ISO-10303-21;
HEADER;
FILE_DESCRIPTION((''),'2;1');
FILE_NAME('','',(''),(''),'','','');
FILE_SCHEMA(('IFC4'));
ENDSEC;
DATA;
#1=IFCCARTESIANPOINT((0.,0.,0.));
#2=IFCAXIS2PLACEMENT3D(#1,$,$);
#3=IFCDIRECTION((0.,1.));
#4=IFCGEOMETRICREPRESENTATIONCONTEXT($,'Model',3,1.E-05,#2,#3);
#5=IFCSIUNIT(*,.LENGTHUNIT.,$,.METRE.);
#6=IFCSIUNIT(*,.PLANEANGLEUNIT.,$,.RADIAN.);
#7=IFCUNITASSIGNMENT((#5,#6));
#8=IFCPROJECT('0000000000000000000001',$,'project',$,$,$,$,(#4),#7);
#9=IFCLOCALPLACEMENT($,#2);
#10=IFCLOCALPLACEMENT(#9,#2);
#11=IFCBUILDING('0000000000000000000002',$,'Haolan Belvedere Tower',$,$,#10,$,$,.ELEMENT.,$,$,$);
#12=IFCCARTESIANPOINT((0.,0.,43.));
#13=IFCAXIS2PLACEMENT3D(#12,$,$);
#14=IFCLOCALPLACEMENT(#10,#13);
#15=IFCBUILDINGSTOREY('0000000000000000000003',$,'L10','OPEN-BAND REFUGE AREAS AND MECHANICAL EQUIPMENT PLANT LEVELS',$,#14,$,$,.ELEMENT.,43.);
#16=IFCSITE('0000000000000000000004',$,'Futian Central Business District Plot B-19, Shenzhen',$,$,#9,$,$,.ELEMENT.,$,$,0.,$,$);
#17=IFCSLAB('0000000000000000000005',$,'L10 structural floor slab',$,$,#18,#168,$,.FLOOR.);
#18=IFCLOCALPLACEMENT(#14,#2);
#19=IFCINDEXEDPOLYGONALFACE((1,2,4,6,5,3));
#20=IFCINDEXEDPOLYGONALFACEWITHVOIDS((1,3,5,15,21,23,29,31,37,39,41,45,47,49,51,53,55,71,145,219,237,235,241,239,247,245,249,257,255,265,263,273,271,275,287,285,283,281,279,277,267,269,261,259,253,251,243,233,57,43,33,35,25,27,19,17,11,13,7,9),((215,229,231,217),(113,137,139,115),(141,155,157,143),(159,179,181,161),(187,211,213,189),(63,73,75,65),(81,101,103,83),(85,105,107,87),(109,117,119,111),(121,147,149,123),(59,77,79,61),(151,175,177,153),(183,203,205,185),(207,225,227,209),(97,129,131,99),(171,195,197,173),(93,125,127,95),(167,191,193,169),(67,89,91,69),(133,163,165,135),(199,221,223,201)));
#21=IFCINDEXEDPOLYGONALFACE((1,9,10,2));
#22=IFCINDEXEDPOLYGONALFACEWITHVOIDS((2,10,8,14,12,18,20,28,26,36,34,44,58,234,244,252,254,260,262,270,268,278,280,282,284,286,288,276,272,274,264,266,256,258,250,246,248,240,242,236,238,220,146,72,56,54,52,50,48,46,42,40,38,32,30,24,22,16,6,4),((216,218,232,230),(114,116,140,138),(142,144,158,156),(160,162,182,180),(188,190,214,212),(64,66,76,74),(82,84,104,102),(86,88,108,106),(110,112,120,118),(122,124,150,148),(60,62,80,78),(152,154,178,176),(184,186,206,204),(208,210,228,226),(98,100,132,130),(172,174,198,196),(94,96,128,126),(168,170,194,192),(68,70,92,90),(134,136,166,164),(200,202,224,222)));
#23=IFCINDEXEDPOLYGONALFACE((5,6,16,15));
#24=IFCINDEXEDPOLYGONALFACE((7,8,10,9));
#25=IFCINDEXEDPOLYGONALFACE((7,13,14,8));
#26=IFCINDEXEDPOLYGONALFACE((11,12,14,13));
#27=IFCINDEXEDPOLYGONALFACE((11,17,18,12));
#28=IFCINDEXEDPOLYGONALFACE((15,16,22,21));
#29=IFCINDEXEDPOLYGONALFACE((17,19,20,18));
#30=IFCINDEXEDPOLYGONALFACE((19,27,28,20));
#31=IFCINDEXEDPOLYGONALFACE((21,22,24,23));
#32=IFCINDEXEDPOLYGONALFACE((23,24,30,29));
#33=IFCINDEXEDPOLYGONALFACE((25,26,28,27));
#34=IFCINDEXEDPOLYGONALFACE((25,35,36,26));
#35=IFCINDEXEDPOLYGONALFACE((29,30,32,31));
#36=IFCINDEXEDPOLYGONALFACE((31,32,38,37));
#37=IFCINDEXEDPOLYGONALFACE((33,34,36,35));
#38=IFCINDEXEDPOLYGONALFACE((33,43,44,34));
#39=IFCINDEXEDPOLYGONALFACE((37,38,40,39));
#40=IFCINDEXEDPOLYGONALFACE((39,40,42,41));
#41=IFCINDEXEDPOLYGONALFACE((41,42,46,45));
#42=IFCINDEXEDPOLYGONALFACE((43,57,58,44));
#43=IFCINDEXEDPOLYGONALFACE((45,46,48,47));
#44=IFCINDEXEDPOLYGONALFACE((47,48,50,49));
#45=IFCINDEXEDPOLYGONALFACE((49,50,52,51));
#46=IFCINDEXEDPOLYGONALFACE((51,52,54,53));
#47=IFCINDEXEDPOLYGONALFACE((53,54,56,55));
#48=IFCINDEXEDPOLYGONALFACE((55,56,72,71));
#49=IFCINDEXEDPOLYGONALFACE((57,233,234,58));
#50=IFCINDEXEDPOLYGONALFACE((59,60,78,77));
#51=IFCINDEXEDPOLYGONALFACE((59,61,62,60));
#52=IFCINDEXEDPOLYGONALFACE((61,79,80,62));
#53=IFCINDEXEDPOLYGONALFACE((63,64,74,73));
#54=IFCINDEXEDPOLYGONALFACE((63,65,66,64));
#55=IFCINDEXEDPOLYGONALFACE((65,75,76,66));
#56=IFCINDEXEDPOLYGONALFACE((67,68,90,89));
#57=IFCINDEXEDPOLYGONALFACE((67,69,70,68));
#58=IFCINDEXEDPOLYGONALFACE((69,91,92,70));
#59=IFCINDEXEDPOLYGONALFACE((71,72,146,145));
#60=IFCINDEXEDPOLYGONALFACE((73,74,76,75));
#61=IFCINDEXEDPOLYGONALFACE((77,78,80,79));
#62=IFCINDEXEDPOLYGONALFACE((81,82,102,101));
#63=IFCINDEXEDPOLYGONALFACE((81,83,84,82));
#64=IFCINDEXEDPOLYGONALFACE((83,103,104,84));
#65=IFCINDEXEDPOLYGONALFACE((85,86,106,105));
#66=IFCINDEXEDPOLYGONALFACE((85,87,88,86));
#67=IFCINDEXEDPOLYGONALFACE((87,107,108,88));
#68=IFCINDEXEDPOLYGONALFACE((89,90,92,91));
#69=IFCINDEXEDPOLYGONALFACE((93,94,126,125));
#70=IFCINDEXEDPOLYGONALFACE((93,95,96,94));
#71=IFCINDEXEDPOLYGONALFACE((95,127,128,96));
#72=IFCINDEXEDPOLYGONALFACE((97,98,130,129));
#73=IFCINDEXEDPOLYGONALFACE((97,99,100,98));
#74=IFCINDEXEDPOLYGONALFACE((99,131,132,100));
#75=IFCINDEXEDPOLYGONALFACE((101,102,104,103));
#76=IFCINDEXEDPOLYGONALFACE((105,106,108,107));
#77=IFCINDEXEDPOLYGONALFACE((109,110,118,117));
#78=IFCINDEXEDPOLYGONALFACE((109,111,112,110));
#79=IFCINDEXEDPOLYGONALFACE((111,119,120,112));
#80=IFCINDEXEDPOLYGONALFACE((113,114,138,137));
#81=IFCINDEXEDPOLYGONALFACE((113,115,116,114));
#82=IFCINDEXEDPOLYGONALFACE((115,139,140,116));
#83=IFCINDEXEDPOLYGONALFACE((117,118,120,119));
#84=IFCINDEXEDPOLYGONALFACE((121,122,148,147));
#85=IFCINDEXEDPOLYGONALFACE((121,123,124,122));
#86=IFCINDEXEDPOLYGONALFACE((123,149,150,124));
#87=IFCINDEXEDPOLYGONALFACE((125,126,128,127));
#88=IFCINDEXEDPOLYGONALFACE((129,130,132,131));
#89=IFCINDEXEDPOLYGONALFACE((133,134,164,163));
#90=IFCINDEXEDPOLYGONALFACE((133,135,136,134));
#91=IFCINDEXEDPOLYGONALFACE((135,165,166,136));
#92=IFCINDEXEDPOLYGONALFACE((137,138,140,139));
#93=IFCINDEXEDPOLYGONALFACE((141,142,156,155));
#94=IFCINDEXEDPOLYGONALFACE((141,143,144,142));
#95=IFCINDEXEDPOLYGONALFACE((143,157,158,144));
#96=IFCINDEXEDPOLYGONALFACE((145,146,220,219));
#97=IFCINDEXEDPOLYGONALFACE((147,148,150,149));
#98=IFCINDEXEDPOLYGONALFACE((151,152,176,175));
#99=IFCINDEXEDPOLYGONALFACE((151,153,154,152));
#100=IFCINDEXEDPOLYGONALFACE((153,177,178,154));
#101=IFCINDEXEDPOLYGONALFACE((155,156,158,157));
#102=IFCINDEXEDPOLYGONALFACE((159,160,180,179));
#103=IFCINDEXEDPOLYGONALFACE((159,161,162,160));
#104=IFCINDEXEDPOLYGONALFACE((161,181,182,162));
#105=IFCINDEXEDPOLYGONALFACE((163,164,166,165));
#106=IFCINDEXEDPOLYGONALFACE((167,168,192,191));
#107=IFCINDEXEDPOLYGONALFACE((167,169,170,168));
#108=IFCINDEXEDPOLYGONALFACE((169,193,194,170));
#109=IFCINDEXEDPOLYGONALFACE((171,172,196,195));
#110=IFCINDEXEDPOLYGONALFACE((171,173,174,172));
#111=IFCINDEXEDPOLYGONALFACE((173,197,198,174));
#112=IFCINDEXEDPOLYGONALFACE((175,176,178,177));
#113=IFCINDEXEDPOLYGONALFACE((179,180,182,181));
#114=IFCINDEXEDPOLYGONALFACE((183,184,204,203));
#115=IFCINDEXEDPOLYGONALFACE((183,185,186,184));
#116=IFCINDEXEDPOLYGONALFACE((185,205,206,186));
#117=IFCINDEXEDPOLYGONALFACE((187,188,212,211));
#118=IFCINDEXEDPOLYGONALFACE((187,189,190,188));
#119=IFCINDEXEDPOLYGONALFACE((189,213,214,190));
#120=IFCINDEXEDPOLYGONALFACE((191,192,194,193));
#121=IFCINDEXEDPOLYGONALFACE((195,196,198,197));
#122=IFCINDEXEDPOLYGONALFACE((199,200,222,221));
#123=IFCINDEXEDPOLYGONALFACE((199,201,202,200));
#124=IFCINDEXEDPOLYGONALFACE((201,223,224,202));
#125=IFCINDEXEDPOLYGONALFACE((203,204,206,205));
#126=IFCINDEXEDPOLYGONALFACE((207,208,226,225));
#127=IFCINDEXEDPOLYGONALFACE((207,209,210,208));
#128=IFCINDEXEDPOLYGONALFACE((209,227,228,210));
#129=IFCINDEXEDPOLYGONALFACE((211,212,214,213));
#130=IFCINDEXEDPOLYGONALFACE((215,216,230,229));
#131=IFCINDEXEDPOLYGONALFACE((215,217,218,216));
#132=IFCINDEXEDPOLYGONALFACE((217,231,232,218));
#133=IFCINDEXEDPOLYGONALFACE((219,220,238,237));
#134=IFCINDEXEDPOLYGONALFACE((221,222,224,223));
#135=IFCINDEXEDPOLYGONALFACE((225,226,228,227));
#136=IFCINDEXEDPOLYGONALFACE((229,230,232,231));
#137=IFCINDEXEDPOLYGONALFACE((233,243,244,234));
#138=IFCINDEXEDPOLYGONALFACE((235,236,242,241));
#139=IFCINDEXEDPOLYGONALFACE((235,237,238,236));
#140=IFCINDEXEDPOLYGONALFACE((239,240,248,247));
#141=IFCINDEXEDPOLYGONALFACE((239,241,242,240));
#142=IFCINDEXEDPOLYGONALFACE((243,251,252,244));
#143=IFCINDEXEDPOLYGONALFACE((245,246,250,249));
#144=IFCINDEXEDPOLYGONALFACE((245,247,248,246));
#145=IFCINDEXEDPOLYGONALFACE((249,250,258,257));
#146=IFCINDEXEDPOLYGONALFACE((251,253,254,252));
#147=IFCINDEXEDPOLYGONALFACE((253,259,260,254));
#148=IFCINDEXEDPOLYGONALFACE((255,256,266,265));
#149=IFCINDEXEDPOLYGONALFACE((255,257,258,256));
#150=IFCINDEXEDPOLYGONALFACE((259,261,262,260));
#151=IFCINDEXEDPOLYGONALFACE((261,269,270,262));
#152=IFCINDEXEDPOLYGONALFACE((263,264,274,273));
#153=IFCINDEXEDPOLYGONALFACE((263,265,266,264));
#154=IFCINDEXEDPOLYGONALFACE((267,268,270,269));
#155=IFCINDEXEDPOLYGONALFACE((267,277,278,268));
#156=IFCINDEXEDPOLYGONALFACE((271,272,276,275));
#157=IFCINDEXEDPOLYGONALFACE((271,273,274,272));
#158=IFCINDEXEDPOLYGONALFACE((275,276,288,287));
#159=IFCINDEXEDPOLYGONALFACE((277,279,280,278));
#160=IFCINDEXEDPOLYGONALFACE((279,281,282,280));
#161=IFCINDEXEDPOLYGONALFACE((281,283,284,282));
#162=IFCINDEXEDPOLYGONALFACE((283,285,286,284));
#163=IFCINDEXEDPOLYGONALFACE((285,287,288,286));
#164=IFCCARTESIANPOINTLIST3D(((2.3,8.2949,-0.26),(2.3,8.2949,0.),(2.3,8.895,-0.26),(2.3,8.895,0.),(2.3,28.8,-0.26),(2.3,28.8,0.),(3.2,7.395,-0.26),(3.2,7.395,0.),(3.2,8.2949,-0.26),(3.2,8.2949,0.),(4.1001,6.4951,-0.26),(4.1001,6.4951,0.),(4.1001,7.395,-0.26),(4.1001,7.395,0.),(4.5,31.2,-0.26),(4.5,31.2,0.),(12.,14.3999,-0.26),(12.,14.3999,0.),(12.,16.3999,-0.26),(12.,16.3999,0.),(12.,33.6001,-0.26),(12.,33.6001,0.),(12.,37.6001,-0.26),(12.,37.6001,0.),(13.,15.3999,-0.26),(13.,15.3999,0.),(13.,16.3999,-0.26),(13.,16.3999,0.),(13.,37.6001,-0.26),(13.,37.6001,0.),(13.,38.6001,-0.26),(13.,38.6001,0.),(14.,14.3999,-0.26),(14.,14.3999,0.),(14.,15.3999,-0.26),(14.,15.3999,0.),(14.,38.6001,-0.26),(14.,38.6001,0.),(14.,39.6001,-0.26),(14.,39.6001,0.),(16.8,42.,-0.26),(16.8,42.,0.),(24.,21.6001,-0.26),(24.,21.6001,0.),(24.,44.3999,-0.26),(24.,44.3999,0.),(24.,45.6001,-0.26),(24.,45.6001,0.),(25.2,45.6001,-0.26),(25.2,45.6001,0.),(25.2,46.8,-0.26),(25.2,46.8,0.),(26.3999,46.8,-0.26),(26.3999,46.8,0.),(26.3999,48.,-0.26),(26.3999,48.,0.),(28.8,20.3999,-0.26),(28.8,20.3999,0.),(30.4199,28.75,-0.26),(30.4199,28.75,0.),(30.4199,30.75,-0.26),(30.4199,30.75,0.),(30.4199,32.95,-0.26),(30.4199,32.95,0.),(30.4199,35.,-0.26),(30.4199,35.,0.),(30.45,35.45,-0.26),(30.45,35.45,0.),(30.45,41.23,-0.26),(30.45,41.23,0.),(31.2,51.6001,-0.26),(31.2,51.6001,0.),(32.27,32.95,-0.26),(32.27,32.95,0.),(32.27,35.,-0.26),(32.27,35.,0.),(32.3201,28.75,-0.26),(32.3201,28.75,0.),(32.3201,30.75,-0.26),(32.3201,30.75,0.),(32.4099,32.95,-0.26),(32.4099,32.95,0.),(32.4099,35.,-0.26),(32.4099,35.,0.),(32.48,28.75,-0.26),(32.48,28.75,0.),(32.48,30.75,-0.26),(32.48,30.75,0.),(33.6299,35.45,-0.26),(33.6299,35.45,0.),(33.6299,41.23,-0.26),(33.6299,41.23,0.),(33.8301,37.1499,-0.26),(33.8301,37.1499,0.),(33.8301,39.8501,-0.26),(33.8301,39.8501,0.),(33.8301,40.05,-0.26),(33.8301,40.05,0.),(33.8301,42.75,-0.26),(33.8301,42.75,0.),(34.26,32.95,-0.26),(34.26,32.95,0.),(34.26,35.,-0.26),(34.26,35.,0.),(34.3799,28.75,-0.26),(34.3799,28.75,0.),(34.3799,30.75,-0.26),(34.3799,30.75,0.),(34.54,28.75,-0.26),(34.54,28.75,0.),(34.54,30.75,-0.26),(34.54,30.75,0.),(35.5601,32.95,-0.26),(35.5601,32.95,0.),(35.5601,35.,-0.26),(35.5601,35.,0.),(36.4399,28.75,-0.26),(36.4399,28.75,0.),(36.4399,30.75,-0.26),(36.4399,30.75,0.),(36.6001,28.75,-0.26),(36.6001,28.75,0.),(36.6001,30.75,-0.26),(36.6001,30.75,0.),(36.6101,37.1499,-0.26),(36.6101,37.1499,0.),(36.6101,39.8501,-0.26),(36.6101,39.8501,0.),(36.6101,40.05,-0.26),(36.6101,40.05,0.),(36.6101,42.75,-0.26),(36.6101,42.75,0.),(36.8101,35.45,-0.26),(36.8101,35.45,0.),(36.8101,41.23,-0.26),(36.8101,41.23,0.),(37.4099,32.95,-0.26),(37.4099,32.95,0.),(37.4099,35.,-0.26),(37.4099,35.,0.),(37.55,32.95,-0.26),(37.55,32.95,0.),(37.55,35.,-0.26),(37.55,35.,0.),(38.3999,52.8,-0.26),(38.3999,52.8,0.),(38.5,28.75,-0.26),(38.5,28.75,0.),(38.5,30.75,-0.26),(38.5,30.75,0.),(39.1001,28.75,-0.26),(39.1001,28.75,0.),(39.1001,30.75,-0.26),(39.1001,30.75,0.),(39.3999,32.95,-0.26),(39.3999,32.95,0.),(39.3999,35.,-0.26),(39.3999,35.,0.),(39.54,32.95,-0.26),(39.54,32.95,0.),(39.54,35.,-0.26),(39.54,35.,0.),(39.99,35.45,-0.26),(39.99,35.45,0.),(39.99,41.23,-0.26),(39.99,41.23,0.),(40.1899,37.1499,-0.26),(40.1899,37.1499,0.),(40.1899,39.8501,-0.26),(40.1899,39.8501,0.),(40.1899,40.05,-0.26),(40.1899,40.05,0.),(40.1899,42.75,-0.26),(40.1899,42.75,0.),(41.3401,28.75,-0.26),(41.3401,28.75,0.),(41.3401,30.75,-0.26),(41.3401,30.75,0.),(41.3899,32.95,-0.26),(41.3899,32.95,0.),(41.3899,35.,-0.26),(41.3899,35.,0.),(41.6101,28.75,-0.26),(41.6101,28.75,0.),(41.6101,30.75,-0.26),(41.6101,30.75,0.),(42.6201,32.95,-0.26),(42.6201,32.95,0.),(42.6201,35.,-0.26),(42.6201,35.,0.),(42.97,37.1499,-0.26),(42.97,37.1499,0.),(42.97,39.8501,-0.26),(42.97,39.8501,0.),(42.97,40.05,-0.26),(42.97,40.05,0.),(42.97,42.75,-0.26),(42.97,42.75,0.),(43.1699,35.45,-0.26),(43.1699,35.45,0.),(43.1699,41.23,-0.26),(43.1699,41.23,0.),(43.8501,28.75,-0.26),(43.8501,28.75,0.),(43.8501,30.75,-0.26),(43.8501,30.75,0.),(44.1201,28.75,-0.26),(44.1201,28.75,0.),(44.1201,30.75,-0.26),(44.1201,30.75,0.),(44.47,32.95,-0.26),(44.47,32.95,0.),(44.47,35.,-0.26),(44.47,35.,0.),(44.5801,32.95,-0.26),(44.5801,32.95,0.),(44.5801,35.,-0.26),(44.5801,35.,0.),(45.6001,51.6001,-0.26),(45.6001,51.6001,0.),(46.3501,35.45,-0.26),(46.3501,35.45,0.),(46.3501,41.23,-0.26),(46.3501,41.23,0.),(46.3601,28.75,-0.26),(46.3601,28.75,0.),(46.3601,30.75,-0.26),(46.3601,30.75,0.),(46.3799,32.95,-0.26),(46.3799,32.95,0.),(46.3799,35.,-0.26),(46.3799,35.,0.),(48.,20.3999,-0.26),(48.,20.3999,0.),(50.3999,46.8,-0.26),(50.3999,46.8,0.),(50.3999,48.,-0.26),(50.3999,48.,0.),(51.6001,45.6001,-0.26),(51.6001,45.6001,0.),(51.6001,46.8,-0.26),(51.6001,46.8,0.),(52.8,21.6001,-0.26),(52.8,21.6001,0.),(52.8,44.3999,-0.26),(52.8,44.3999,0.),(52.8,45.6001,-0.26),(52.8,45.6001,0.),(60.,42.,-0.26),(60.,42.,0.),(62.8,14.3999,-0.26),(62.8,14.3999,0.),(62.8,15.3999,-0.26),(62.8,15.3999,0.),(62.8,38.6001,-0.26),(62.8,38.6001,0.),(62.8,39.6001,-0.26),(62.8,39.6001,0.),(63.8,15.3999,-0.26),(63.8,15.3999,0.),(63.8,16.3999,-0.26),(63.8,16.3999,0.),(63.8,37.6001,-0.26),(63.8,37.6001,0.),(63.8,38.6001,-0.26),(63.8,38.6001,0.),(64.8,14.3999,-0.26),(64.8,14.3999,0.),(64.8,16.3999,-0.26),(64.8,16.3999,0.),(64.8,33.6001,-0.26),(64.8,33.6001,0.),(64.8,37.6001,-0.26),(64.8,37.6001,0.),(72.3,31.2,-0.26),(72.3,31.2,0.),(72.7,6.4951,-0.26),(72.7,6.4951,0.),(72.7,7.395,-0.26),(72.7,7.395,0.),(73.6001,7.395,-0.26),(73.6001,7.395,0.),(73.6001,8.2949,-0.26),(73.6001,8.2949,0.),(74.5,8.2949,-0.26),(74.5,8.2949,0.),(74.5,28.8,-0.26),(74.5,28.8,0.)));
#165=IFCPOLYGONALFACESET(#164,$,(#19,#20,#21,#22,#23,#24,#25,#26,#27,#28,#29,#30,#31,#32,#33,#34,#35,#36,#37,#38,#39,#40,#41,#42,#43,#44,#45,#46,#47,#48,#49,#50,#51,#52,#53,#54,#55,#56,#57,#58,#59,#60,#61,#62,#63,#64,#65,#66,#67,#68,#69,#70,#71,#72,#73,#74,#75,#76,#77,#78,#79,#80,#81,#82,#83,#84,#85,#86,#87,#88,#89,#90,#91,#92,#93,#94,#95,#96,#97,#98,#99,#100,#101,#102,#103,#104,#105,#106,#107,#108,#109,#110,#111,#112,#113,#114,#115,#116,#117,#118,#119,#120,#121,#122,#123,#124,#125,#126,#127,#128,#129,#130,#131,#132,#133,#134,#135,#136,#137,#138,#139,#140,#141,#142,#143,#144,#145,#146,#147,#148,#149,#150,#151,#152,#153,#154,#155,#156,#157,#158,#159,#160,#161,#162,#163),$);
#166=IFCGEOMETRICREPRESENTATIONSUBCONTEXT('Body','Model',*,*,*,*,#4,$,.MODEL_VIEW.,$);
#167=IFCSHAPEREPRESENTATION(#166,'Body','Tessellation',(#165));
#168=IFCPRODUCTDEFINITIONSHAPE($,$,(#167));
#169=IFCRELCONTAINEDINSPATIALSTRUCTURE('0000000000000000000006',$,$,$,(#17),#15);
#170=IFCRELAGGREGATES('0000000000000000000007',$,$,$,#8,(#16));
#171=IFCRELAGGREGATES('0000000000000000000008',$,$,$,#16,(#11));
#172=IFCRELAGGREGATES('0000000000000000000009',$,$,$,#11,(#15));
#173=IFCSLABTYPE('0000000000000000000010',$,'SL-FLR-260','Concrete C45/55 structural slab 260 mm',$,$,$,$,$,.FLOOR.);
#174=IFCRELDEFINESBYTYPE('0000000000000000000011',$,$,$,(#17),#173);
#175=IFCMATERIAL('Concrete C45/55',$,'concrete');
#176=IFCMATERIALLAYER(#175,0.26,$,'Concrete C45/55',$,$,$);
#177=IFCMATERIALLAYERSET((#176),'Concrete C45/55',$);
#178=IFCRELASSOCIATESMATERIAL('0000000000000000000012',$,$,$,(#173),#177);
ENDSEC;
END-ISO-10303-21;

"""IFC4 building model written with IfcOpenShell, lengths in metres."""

from ifc_helpers import new_model, si_unit, direction, frame, origin, place, context, subcontext, project, spatial, polyline, outline, extrude, material, layer, layer_set, type_object, element, save


model = new_model("IFC4")

# Units and contexts
model_context = context("Model", 3, precision=1e-05, world=origin(), true_north=direction((0.0, 1.0)))
body_context = subcontext(model_context, "Body", "Model", "MODEL_VIEW")
ifc_project = project(units=[si_unit("LENGTHUNIT", "METRE"), si_unit("PLANEANGLEUNIT", "RADIAN")], contexts=[model_context])

# Site, building, storey
site_placement = place(None, origin())
site = spatial("IfcSite", under=ifc_project, at=site_placement, Name="Futian Central Business District Plot B-19, Shenzhen", CompositionType="ELEMENT", RefElevation=0.0)
building_placement = place(site_placement, origin())
building = spatial("IfcBuilding", under=site, at=building_placement, Name="Haolan Belvedere Tower", CompositionType="ELEMENT")
storey_placement = place(building_placement, frame((0.0, 0.0, 43.0)))
storey = spatial("IfcBuildingStorey", under=building, at=storey_placement, Name="L10", Description="OPEN-BAND REFUGE AREAS AND MECHANICAL EQUIPMENT PLANT LEVELS", CompositionType="ELEMENT", Elevation=43.0)

# Slab
ifc_material_1 = material(Name="Concrete C45/55", Category="concrete")
ifc_layer_1 = layer(ifc_material_1, 0.26, Name="Concrete C45/55")
ifc_layer_set_1 = layer_set([ifc_layer_1], Name="Concrete C45/55")
slab_type_1 = type_object("IfcSlabType", Name="SL-FLR-260", Description="Concrete C45/55 structural slab 260 mm", PredefinedType="FLOOR", material=ifc_layer_set_1)
slab_1_placement = place(storey_placement, frame((0.0, 0.0, -0.26)))
element("IfcSlab", 1, at=slab_1_placement, inside=storey, type_object=slab_type_1, Name="L10 structural floor slab", PredefinedType="FLOOR", context=body_context, shape_type="SweptSolid", body=[
    extrude(outline(polyline([(2.3, 28.8), (2.3, 8.895), (2.3, 8.2949), (3.2, 8.2949), (3.2, 7.395), (4.1001, 7.395), (4.1001, 6.4951), (12.0, 14.3999), (12.0, 16.3999), (13.0, 16.3999), (13.0, 15.3999), (14.0, 15.3999), (14.0, 14.3999), (24.0, 21.6001), (28.8, 20.3999), (48.0, 20.3999), (52.8, 21.6001), (62.8, 14.3999), (62.8, 15.3999), (63.8, 15.3999), (63.8, 16.3999), (64.8, 16.3999), (64.8, 14.3999), (72.7, 6.4951), (72.7, 7.395), (73.6001, 7.395), (73.6001, 8.2949), (74.5, 8.2949), (74.5, 28.8), (72.3, 31.2), (64.8, 33.6001), (64.8, 37.6001), (63.8, 37.6001), (63.8, 38.6001), (62.8, 38.6001), (62.8, 39.6001), (60.0, 42.0), (52.8, 44.3999), (52.8, 45.6001), (51.6001, 45.6001), (51.6001, 46.8), (50.3999, 46.8), (50.3999, 48.0), (45.6001, 51.6001), (38.3999, 52.8), (31.2, 51.6001), (26.3999, 48.0), (26.3999, 46.8), (25.2, 46.8), (25.2, 45.6001), (24.0, 45.6001), (24.0, 44.3999), (16.8, 42.0), (14.0, 39.6001), (14.0, 38.6001), (13.0, 38.6001), (13.0, 37.6001), (12.0, 37.6001), (12.0, 33.6001), (4.5, 31.2), (2.3, 28.8)]), holes=[polyline([(30.45, 41.23), (30.45, 35.45), (33.6299, 35.45), (33.6299, 41.23), (30.45, 41.23)]), polyline([(36.8101, 41.23), (36.8101, 35.45), (39.99, 35.45), (39.99, 41.23), (36.8101, 41.23)]), polyline([(43.1699, 41.23), (43.1699, 35.45), (46.3501, 35.45), (46.3501, 41.23), (43.1699, 41.23)]), polyline([(33.8301, 40.05), (36.6101, 40.05), (36.6101, 42.75), (33.8301, 42.75), (33.8301, 40.05)]), polyline([(33.8301, 37.1499), (36.6101, 37.1499), (36.6101, 39.8501), (33.8301, 39.8501), (33.8301, 37.1499)]), polyline([(40.1899, 40.05), (42.97, 40.05), (42.97, 42.75), (40.1899, 42.75), (40.1899, 40.05)]), polyline([(40.1899, 37.1499), (42.97, 37.1499), (42.97, 39.8501), (40.1899, 39.8501), (40.1899, 37.1499)]), polyline([(30.4199, 32.95), (32.27, 32.95), (32.27, 35.0), (30.4199, 35.0), (30.4199, 32.95)]), polyline([(32.4099, 32.95), (34.26, 32.95), (34.26, 35.0), (32.4099, 35.0), (32.4099, 32.95)]), polyline([(35.5601, 32.95), (37.4099, 32.95), (37.4099, 35.0), (35.5601, 35.0), (35.5601, 32.95)]), polyline([(37.55, 32.95), (39.3999, 32.95), (39.3999, 35.0), (37.55, 35.0), (37.55, 32.95)]), polyline([(39.54, 32.95), (41.3899, 32.95), (41.3899, 35.0), (39.54, 35.0), (39.54, 32.95)]), polyline([(42.6201, 32.95), (44.47, 32.95), (44.47, 35.0), (42.6201, 35.0), (42.6201, 32.95)]), polyline([(44.5801, 32.95), (46.3799, 32.95), (46.3799, 35.0), (44.5801, 35.0), (44.5801, 32.95)]), polyline([(30.4199, 28.75), (32.3201, 28.75), (32.3201, 30.75), (30.4199, 30.75), (30.4199, 28.75)]), polyline([(32.48, 28.75), (34.3799, 28.75), (34.3799, 30.75), (32.48, 30.75), (32.48, 28.75)]), polyline([(34.54, 28.75), (36.4399, 28.75), (36.4399, 30.75), (34.54, 30.75), (34.54, 28.75)]), polyline([(36.6001, 28.75), (38.5, 28.75), (38.5, 30.75), (36.6001, 30.75), (36.6001, 28.75)]), polyline([(39.1001, 28.75), (41.3401, 28.75), (41.3401, 30.75), (39.1001, 30.75), (39.1001, 28.75)]), polyline([(41.6101, 28.75), (43.8501, 28.75), (43.8501, 30.75), (41.6101, 30.75), (41.6101, 28.75)]), polyline([(44.1201, 28.75), (46.3601, 28.75), (46.3601, 30.75), (44.1201, 30.75), (44.1201, 28.75)])]), origin(), (0.0, 0.0, 1.0), 0.26),
])

save(model, "model.ifc")
